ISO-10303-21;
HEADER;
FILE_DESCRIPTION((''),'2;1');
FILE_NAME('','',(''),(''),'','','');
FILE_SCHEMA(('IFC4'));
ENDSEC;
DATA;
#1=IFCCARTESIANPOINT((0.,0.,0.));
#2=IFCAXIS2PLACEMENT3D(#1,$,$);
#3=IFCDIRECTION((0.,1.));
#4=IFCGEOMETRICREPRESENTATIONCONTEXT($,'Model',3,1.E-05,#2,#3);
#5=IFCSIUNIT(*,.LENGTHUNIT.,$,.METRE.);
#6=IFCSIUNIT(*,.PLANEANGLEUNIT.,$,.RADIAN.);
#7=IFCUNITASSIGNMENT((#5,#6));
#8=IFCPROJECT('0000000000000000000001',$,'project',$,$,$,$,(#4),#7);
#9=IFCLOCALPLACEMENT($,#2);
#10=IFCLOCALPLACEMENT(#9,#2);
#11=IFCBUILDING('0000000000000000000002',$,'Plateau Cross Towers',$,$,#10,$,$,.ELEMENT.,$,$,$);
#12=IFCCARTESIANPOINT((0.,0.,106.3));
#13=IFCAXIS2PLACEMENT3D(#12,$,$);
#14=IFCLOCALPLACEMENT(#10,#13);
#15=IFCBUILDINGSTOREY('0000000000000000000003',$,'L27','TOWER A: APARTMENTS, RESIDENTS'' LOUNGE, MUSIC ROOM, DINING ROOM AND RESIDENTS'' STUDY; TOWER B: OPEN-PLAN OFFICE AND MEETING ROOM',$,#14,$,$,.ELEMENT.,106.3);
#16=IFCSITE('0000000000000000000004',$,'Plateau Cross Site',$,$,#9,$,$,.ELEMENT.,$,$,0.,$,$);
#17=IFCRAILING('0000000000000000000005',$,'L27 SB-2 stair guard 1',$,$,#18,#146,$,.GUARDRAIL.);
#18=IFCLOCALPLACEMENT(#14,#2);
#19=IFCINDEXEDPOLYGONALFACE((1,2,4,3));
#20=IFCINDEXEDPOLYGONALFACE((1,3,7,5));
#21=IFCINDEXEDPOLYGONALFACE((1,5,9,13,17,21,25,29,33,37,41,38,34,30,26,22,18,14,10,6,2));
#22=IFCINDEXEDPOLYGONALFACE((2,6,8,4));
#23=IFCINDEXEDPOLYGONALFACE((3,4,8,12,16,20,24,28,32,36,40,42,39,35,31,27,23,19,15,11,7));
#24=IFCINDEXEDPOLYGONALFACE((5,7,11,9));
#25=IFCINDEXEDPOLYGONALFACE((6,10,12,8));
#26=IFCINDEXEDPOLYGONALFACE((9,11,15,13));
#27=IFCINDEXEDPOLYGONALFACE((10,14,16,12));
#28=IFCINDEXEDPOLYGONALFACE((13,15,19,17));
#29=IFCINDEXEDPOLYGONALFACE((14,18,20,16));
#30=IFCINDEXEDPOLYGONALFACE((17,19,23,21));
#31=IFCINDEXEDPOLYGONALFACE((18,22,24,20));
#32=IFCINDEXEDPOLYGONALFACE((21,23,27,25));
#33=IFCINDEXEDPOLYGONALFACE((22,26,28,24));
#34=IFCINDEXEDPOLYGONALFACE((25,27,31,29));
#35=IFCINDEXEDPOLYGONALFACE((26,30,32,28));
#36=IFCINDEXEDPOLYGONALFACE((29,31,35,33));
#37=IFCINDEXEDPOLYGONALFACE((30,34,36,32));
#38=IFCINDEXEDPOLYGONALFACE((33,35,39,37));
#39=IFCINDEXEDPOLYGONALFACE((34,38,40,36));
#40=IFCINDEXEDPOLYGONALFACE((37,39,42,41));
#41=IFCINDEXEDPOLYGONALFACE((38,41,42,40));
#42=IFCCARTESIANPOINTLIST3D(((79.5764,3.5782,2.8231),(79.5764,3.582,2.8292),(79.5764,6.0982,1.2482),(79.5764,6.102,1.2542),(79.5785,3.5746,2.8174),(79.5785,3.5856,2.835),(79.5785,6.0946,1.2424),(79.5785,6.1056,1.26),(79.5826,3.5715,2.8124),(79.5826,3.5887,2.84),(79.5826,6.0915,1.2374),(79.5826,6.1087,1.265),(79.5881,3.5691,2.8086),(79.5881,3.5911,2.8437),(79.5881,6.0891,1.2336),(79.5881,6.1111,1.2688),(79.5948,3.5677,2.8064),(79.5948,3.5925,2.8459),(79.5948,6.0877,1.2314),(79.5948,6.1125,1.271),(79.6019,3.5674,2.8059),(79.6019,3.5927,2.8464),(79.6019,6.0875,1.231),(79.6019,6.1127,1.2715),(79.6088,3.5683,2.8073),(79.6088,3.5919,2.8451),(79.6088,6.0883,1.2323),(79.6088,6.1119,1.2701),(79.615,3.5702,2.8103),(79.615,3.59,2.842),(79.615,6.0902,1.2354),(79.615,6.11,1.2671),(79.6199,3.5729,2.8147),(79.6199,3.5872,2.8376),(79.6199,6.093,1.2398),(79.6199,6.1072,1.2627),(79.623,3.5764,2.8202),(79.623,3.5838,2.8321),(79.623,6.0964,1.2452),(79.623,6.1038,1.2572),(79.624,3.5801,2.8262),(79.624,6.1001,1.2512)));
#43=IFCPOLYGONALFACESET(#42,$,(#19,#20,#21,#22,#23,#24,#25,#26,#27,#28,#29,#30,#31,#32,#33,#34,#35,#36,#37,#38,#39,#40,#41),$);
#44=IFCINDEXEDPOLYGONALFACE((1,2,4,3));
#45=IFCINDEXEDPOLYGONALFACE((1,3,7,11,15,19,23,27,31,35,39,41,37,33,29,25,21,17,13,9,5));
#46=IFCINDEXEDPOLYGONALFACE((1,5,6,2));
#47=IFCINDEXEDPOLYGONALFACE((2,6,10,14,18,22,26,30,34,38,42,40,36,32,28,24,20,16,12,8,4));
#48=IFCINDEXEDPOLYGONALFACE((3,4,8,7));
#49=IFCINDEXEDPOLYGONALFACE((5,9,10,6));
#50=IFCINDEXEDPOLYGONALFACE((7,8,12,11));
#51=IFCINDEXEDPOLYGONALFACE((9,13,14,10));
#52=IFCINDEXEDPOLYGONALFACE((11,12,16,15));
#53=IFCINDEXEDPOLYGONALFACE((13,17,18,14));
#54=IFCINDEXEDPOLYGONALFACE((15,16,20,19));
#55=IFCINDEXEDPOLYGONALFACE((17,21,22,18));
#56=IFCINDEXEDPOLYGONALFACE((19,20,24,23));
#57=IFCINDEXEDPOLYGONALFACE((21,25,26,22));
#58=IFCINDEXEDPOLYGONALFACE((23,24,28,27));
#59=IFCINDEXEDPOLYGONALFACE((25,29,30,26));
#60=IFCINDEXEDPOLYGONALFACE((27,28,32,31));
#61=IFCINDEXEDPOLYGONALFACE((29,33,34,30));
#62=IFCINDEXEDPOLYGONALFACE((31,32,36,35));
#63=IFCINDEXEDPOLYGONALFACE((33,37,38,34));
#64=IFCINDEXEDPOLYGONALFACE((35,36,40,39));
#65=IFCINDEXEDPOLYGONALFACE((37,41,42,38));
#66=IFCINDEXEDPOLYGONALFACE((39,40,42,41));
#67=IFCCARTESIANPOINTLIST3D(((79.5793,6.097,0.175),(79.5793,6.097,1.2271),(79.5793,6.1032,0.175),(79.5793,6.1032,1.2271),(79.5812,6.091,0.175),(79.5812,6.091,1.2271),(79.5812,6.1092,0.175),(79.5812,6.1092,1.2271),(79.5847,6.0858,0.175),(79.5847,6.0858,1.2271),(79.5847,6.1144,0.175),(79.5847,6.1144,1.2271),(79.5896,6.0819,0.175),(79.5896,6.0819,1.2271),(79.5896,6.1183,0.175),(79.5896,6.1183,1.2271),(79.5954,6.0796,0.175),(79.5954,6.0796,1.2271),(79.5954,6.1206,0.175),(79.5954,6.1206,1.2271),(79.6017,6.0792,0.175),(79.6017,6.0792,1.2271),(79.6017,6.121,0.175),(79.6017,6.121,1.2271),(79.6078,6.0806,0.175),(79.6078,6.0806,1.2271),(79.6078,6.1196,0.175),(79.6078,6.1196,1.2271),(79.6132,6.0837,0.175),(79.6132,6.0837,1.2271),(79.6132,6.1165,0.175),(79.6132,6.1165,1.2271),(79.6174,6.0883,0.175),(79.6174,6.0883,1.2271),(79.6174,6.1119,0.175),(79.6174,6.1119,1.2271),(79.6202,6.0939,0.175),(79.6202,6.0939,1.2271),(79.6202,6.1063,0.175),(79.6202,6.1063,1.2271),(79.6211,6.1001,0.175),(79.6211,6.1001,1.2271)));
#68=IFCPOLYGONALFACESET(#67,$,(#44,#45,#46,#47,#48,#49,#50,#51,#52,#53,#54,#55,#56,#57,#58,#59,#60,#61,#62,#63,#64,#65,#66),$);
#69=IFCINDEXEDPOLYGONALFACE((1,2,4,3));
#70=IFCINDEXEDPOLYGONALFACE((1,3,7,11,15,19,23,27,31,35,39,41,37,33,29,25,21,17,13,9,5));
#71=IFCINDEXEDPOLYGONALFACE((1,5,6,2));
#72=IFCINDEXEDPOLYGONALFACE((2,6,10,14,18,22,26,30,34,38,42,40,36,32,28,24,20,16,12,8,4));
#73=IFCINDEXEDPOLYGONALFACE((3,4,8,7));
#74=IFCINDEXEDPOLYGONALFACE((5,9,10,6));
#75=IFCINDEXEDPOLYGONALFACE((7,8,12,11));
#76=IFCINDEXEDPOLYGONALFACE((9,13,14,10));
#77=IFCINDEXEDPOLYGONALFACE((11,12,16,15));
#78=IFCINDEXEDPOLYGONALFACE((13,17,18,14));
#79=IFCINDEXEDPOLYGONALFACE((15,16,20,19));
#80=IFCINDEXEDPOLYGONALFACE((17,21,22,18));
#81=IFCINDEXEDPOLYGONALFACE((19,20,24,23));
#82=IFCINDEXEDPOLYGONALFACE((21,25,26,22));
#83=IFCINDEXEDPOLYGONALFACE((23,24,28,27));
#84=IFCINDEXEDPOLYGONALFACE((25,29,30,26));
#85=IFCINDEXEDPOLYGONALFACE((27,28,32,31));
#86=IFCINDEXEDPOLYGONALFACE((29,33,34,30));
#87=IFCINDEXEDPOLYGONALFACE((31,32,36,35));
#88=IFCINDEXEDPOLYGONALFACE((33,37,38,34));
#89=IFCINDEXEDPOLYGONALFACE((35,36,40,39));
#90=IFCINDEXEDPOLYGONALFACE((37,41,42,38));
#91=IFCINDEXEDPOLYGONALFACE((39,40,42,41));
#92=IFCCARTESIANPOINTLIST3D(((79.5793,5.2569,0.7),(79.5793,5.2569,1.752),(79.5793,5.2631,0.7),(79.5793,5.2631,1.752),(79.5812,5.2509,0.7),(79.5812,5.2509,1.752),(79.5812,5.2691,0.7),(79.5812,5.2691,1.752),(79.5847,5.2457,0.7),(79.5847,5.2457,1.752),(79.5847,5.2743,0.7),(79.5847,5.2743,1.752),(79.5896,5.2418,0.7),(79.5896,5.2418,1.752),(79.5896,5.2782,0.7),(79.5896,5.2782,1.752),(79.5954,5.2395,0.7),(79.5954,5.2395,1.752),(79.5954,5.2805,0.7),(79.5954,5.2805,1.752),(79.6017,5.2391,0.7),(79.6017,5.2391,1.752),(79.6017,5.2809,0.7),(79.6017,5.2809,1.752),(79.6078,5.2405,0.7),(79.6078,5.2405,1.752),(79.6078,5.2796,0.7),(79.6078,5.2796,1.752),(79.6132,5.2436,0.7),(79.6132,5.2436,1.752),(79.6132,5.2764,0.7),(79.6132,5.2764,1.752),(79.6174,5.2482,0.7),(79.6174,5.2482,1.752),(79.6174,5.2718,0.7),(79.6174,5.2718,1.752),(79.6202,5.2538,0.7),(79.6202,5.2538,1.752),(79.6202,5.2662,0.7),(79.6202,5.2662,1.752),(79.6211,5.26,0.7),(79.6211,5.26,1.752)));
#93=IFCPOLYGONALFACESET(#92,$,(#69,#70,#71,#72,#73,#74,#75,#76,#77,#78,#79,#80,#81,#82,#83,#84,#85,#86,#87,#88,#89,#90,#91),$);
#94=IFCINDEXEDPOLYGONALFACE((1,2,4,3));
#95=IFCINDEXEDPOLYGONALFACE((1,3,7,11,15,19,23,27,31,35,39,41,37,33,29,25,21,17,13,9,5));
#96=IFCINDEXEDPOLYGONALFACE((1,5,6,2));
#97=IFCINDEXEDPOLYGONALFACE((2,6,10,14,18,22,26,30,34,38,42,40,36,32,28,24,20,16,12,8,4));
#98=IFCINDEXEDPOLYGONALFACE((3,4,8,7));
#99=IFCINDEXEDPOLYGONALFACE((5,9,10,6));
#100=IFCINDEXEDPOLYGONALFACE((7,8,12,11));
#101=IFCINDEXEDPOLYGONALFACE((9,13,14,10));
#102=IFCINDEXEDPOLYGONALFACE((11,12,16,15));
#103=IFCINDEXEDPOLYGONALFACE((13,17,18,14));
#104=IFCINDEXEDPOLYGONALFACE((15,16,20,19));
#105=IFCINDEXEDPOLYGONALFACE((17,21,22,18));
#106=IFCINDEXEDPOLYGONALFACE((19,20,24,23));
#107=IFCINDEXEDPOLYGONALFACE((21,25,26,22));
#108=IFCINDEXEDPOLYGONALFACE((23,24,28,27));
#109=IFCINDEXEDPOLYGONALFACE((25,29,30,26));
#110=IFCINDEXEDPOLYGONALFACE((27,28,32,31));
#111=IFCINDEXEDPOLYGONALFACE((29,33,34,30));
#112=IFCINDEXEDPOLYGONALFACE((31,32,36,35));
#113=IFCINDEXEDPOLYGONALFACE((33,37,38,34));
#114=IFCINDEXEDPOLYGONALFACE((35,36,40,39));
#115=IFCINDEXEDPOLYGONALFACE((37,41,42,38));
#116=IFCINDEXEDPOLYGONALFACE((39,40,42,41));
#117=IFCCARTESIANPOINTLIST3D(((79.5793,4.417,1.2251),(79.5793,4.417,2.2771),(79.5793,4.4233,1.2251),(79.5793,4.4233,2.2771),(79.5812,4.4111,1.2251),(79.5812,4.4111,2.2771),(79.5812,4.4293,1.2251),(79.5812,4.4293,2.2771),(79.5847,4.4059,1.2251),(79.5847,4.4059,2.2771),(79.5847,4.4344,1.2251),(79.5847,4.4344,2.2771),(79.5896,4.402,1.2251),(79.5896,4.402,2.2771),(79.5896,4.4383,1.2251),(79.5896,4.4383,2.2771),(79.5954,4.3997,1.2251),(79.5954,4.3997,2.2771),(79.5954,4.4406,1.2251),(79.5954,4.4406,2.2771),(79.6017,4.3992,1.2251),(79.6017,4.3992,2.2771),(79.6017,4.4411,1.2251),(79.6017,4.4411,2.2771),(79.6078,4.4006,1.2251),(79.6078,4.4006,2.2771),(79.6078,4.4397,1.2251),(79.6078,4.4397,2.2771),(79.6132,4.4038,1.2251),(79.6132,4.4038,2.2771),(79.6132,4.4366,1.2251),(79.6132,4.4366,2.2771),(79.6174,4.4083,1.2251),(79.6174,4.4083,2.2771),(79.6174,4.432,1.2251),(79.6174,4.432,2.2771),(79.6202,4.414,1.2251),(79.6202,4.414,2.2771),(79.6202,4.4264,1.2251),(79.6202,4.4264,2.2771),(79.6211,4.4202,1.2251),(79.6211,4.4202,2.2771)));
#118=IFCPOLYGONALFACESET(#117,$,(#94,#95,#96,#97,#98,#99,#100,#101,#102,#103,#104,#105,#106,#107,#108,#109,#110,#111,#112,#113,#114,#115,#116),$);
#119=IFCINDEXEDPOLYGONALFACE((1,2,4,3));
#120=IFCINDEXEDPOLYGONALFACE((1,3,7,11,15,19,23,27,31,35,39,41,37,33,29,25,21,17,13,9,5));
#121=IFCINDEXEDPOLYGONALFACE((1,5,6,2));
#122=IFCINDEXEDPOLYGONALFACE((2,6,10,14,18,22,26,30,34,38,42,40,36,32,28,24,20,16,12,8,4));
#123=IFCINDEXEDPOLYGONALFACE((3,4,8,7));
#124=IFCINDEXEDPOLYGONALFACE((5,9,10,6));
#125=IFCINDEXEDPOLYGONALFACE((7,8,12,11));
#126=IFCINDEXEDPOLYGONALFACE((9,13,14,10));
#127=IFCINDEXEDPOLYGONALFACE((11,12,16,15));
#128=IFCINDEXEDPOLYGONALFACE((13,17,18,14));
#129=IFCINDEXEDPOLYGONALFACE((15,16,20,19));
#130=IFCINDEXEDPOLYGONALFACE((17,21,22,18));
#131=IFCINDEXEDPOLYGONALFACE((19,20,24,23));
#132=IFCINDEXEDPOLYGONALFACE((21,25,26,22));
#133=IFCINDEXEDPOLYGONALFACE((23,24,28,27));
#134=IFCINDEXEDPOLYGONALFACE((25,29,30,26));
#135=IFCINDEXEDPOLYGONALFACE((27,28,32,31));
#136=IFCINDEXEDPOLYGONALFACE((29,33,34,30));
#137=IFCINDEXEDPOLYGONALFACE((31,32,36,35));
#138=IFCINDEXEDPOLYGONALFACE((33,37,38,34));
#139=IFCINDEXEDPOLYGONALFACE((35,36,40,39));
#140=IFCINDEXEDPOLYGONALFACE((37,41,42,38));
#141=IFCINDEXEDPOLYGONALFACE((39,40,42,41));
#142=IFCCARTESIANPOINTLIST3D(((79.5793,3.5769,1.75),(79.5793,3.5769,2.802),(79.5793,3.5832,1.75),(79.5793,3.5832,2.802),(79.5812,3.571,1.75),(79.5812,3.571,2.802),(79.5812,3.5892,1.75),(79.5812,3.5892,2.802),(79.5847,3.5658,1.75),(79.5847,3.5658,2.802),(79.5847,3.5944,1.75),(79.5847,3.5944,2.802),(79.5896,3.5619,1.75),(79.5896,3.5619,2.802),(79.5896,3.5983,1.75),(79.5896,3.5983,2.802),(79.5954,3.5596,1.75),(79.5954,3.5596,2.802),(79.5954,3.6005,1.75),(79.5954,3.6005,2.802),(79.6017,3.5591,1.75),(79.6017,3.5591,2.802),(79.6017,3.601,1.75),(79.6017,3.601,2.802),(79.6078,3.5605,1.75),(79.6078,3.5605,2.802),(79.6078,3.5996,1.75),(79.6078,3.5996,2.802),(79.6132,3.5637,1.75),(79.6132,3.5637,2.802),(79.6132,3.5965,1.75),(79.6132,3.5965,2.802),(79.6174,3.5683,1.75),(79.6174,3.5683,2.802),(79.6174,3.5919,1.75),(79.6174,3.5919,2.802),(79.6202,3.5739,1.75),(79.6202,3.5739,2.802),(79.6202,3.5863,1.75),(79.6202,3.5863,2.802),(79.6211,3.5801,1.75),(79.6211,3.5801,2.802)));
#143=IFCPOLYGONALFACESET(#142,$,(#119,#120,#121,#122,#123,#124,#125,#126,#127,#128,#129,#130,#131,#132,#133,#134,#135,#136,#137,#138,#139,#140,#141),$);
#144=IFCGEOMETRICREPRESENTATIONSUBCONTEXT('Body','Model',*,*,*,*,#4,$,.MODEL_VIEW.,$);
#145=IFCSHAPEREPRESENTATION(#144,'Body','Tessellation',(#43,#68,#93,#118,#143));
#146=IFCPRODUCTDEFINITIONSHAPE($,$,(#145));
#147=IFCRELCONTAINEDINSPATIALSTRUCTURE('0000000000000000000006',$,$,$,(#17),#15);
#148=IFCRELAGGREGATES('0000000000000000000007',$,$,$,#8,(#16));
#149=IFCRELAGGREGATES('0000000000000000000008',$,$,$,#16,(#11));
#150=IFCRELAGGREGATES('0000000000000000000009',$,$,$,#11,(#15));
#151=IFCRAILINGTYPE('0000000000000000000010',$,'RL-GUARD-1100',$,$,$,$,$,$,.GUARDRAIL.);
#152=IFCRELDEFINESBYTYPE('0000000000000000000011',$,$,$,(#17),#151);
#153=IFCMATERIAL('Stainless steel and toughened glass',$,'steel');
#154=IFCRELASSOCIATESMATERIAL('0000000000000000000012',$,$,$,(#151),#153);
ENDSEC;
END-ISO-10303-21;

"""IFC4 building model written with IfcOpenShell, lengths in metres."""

from ifc_helpers import new_model, si_unit, direction, frame, origin, origin_2d, place, context, subcontext, project, spatial, circle, extrude, material, type_object, element, save


model = new_model("IFC4")

# Units and contexts
model_context = context("Model", 3, precision=1e-05, world=origin(), true_north=direction((0.0, 1.0)))
body_context = subcontext(model_context, "Body", "Model", "MODEL_VIEW")
ifc_project = project(units=[si_unit("LENGTHUNIT", "METRE"), si_unit("PLANEANGLEUNIT", "RADIAN")], contexts=[model_context])

# Site, building, storey
site_placement = place(None, origin())
site = spatial("IfcSite", under=ifc_project, at=site_placement, Name="Plateau Cross Site", CompositionType="ELEMENT", RefElevation=0.0)
building_placement = place(site_placement, origin())
building = spatial("IfcBuilding", under=site, at=building_placement, Name="Plateau Cross Towers", CompositionType="ELEMENT")
storey_placement = place(building_placement, frame((0.0, 0.0, 106.3)))
storey = spatial("IfcBuildingStorey", under=building, at=storey_placement, Name="L27", Description="TOWER A: APARTMENTS, RESIDENTS' LOUNGE, MUSIC ROOM, DINING ROOM AND RESIDENTS' STUDY; TOWER B: OPEN-PLAN OFFICE AND MEETING ROOM", CompositionType="ELEMENT", Elevation=106.3)

# Railing
ifc_material_1 = material(Name="Stainless steel and toughened glass", Category="steel")
railing_type = type_object("IfcRailingType", Name="RL-GUARD-1100", PredefinedType="GUARDRAIL", material=ifc_material_1)
railing_1_placement = place(storey_placement, frame((79.6001, 6.1001, 0.175)))
element("IfcRailing", 1, at=railing_1_placement, inside=storey, type_object=railing_type, Name="L27 SB-2 stair guard 1", PredefinedType="GUARDRAIL", context=body_context, shape_type="SweptSolid", body=[
    extrude(circle(Radius=0.0239, at=origin_2d()), frame((0.0, 0.0, 1.0762), z_axis=(0.0, -0.848008, 0.529984), x_axis=(1.0, 0.0, 0.0)), (0.0, 0.0, 1.0), 2.9717),
    extrude(circle(Radius=0.021, at=origin_2d()), origin(), (0.0, 0.0, 1.0), 1.052),
    extrude(circle(Radius=0.021, at=origin_2d()), frame((0.0, -0.8401, 0.5249)), (0.0, 0.0, 1.0), 1.052),
    extrude(circle(Radius=0.021, at=origin_2d()), frame((0.0, -1.6799, 1.05)), (0.0, 0.0, 1.0), 1.052),
    extrude(circle(Radius=0.021, at=origin_2d()), frame((0.0, -2.52, 1.575)), (0.0, 0.0, 1.0), 1.052),
])

save(model, "model.ifc")
